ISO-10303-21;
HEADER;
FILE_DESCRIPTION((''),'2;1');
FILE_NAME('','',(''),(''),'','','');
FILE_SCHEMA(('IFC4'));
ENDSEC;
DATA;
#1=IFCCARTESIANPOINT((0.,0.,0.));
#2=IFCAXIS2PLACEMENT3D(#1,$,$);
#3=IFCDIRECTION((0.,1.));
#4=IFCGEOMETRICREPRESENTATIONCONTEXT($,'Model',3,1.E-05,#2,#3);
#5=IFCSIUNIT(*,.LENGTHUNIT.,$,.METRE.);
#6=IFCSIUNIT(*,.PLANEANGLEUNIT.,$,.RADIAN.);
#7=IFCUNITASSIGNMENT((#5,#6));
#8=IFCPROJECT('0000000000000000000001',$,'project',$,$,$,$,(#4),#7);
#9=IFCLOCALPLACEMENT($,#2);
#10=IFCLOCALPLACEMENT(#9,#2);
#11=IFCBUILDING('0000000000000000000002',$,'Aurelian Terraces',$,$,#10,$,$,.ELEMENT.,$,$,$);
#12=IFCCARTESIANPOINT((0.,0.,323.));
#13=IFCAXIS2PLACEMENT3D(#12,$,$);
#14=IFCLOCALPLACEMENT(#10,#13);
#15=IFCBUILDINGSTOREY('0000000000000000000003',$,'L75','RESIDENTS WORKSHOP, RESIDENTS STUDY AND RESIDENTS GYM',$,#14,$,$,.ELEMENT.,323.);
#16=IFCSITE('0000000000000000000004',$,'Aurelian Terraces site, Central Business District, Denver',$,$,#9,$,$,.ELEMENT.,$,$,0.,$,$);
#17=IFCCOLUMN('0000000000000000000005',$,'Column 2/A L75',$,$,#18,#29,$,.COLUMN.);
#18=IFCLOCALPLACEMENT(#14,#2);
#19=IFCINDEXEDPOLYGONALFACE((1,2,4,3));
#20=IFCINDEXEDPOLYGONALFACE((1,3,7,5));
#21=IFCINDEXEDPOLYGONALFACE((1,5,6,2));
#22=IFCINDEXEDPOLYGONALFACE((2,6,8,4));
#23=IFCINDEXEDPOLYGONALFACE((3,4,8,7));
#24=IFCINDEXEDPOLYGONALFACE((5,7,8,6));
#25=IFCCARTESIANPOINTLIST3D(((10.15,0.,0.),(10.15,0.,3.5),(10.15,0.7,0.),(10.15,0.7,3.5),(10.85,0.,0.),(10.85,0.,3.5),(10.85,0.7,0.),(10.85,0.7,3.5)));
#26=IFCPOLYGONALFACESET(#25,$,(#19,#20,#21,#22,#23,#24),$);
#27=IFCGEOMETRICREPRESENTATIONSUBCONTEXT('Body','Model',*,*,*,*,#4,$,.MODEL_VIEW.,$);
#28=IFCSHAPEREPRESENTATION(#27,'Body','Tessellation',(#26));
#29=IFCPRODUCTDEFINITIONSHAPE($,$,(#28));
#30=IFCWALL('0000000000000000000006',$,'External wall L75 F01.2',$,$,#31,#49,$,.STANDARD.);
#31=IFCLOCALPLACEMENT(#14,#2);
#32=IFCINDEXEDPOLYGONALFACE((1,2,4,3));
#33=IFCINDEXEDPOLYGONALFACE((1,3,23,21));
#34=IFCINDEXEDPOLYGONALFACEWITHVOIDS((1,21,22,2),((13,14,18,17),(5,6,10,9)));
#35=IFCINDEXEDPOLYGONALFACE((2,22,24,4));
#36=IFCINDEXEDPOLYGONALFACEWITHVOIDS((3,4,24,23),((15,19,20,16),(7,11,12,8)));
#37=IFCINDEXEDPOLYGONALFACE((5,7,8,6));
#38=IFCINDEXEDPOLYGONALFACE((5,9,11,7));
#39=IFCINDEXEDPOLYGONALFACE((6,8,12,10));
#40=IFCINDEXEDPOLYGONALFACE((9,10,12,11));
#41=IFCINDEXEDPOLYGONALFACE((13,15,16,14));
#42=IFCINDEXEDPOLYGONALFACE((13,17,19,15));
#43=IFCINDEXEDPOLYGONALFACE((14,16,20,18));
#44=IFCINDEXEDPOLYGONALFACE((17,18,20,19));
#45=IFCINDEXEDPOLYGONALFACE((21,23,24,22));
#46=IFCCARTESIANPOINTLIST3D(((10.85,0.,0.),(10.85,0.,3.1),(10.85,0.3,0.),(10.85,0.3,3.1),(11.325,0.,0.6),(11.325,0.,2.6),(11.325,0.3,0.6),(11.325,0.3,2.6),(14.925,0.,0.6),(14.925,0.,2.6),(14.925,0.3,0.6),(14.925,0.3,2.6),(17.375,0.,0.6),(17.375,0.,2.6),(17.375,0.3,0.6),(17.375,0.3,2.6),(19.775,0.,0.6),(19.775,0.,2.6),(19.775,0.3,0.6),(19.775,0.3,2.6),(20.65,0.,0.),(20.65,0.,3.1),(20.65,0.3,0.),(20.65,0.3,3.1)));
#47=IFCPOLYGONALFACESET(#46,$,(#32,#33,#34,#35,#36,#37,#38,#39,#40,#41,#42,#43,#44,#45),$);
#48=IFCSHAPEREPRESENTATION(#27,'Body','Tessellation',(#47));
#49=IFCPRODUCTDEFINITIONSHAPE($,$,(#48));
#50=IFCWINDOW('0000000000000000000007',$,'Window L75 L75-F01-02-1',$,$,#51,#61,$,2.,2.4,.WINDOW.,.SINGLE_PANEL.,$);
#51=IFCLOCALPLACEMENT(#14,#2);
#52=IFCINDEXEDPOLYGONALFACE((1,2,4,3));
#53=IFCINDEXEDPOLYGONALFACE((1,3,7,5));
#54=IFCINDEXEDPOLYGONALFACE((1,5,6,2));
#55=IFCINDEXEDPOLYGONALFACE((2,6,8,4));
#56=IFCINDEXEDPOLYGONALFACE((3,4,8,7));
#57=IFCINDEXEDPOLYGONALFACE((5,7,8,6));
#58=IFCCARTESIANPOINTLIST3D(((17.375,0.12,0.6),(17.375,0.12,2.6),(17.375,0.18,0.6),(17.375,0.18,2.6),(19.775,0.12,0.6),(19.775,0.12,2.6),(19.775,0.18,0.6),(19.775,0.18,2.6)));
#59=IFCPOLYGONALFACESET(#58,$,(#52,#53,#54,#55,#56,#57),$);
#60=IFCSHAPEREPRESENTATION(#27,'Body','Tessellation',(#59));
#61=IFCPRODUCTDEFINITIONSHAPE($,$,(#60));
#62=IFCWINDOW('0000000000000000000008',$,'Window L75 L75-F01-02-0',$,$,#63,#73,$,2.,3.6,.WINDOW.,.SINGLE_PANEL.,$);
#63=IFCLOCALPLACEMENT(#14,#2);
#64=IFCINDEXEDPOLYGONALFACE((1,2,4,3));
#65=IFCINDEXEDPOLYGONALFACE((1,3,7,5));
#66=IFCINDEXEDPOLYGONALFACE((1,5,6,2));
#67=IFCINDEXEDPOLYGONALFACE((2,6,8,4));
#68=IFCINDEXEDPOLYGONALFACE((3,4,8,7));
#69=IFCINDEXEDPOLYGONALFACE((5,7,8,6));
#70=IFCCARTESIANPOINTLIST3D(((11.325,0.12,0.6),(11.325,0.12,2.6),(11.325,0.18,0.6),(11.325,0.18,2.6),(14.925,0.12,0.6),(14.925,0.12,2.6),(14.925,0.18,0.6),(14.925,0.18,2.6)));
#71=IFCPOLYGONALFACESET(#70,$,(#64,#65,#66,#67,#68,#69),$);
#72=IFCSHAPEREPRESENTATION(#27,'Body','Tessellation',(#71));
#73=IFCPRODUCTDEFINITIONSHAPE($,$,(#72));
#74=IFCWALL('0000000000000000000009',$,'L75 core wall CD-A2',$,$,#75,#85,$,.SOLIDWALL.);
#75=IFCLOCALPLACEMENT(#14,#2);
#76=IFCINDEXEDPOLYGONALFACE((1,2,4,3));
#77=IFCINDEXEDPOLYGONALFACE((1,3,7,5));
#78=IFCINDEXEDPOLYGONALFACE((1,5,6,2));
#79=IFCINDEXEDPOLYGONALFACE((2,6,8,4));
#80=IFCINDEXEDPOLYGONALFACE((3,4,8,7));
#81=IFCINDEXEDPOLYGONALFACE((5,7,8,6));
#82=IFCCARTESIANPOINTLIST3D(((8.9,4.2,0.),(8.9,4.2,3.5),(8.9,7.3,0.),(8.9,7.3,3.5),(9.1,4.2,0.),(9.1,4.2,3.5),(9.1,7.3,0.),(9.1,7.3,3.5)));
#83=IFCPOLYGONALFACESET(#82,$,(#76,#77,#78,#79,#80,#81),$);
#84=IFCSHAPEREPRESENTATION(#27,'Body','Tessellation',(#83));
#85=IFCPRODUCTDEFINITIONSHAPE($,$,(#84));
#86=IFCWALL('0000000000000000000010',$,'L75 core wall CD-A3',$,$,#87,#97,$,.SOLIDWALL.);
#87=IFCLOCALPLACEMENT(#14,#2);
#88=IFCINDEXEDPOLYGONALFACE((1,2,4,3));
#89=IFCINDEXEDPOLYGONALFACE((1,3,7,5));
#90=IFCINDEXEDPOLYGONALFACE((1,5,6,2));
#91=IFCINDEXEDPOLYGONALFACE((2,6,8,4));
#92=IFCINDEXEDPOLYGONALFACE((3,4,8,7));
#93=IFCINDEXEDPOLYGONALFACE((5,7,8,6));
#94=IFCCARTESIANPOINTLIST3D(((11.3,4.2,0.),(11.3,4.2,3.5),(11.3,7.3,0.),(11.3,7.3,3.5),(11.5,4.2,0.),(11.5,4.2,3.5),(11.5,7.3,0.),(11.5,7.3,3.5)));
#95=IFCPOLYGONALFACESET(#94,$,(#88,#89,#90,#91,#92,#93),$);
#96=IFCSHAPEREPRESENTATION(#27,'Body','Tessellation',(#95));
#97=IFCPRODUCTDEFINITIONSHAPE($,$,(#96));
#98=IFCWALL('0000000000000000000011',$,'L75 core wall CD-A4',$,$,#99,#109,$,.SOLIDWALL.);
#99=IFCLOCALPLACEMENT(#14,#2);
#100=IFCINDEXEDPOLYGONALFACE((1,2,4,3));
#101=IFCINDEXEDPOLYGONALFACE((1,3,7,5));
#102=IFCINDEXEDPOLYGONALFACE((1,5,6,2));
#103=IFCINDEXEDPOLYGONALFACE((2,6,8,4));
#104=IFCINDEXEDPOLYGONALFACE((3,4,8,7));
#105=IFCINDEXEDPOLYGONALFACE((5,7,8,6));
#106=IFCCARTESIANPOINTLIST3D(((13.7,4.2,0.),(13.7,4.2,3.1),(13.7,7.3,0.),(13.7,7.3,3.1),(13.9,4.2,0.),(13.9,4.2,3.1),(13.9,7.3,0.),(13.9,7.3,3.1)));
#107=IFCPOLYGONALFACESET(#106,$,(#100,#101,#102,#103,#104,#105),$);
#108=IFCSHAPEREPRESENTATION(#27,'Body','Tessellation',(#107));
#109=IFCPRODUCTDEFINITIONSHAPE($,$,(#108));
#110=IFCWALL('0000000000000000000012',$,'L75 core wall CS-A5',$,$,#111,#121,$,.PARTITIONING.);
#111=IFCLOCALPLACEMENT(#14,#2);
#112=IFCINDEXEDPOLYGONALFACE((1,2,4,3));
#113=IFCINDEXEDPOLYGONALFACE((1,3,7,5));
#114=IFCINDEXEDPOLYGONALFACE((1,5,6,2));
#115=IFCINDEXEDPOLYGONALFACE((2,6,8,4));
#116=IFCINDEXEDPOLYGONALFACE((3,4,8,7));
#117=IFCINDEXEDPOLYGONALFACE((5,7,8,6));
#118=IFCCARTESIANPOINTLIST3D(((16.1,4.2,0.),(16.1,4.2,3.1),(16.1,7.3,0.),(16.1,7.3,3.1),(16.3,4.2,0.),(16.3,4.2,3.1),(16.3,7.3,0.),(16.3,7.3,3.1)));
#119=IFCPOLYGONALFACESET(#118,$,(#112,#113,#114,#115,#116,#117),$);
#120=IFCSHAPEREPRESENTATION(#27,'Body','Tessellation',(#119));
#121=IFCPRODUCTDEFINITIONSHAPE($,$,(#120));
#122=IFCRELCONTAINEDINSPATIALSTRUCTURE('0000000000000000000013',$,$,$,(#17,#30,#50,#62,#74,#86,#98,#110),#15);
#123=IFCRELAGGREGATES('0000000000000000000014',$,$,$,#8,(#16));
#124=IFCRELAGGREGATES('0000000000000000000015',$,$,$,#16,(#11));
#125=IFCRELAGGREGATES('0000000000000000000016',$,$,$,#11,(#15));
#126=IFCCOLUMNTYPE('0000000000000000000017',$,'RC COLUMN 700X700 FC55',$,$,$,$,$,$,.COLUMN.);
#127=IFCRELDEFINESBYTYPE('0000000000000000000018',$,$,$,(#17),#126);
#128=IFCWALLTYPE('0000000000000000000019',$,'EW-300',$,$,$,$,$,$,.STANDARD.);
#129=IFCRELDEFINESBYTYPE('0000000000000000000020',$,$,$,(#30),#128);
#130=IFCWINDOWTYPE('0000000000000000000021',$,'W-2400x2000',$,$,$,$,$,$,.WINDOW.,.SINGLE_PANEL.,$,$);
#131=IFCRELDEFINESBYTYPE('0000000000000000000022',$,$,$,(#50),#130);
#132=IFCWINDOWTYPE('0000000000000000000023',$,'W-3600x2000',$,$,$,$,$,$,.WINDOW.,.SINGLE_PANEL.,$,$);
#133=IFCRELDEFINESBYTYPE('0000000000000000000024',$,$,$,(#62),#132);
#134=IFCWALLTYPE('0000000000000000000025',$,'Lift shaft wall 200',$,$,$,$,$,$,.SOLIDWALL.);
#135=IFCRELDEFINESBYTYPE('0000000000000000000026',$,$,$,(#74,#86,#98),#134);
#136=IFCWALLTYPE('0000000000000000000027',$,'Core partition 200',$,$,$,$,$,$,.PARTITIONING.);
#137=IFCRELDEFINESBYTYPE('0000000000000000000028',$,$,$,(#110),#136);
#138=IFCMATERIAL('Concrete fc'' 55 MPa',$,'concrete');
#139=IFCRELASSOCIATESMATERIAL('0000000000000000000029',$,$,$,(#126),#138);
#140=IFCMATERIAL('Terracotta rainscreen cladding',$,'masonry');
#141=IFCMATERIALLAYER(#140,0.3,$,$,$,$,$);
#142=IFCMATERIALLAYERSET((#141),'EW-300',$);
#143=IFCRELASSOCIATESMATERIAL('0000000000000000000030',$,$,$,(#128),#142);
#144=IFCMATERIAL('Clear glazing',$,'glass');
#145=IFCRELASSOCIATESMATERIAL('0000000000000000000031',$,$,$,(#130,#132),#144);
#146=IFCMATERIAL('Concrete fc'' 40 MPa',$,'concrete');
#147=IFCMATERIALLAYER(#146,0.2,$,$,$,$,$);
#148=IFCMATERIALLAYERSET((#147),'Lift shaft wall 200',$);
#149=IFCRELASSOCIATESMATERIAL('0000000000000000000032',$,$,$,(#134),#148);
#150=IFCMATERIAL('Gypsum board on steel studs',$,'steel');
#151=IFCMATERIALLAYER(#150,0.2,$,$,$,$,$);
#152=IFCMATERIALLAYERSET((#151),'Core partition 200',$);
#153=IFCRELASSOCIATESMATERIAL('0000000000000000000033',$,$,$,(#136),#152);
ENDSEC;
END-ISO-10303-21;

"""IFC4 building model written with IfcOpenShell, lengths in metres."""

from ifc_helpers import new_model, si_unit, direction, frame, frame_2d, origin, origin_2d, place, context, subcontext, project, spatial, rectangle, extrude, source, transform, mapped, material, layer, layer_set, material_profile, profile_set, type_object, element, fill, save


model = new_model("IFC4")

# Units and contexts
model_context = context("Model", 3, precision=1e-05, world=origin(), true_north=direction((0.0, 1.0)))
body_context = subcontext(model_context, "Body", "Model", "MODEL_VIEW")
ifc_project = project(units=[si_unit("LENGTHUNIT", "METRE"), si_unit("PLANEANGLEUNIT", "RADIAN")], contexts=[model_context])

# Site, building, storey
site_placement = place(None, origin())
site = spatial("IfcSite", under=ifc_project, at=site_placement, Name="Aurelian Terraces site, Central Business District, Denver", CompositionType="ELEMENT", RefElevation=0.0)
building_placement = place(site_placement, origin())
building = spatial("IfcBuilding", under=site, at=building_placement, Name="Aurelian Terraces", CompositionType="ELEMENT")
storey_placement = place(building_placement, frame((0.0, 0.0, 323.0)))
storey = spatial("IfcBuildingStorey", under=building, at=storey_placement, Name="L75", Description="RESIDENTS WORKSHOP, RESIDENTS STUDY AND RESIDENTS GYM", CompositionType="ELEMENT", Elevation=323.0)

# Column
ifc_material_1 = material(Name="Concrete fc' 55 MPa", Category="concrete")
ifc_material_profile = material_profile(ifc_material_1, rectangle(XDim=0.7, YDim=0.7, at=origin_2d()))
ifc_profile_set = profile_set([ifc_material_profile], Name="Concrete fc' 55 MPa")
column_type = type_object("IfcColumnType", Name="RC COLUMN 700X700 FC55", PredefinedType="COLUMN", material=ifc_profile_set)
shared_shape_1 = source(origin(), body_context, "Body", "SweptSolid", [
    extrude(rectangle(XDim=0.7, YDim=0.7, at=origin_2d()), origin(), (0.0, 0.0, 1.0), 3.5),
])
column_placement = place(storey_placement, frame((10.5, 0.35, 0.0), z_axis=(0.0, 0.0, 1.0), x_axis=(1.0, 0.0, 0.0)))
element("IfcColumn", 1, at=column_placement, inside=storey, type_object=column_type, Name="Column 2/A L75", PredefinedType="COLUMN", context=body_context, shape_type="MappedRepresentation", body=[
    mapped(shared_shape_1, transform((0.0, 0.0, 0.0), scale=1.0)),
])

# Wall, openings, windows
ifc_material_2 = material(Name="Terracotta rainscreen cladding", Category="masonry")
ifc_layer_1 = layer(ifc_material_2, 0.3)
ifc_layer_set_1 = layer_set([ifc_layer_1], Name="EW-300")
wall_type_1 = type_object("IfcWallType", Name="EW-300", PredefinedType="STANDARD", material=ifc_layer_set_1)
shared_shape_2 = source(origin(), body_context, "Body", "SweptSolid", [
    extrude(rectangle(XDim=9.8, YDim=0.3, at=frame_2d((4.9, 0.0))), origin(), (0.0, 0.0, 1.0), 3.1),
])
wall_1_placement = place(storey_placement, frame((10.85, 0.15, 0.0), z_axis=(0.0, 0.0, 1.0), x_axis=(1.0, 0.0, 0.0)))
wall_1 = element("IfcWall", 2, at=wall_1_placement, inside=storey, type_object=wall_type_1, Name="External wall L75 F01.2", PredefinedType="STANDARD", context=body_context, shape_type="MappedRepresentation", body=[
    mapped(shared_shape_2, transform((0.0, 0.0, 0.0), scale=1.0)),
])
shared_shape_3 = source(origin(), body_context, "Body", "SweptSolid", [
    extrude(rectangle(XDim=3.6, YDim=2.0, at=frame_2d((1.8, 1.0))), frame((0.0, 0.16, 0.0), z_axis=(0.0, -1.0, 0.0), x_axis=(1.0, 0.0, 0.0)), (0.0, 0.0, 1.0), 0.32),
])
opening_1_placement = place(wall_1_placement, frame((0.475, 0.0, 0.6)))
opening_1 = element("IfcOpeningElement", 3, at=opening_1_placement, cuts=wall_1, PredefinedType="OPENING", context=body_context, shape_type="MappedRepresentation", body=[
    mapped(shared_shape_3, transform((0.0, 0.0, 0.0), scale=1.0)),
])
shared_shape_4 = source(origin(), body_context, "Body", "SweptSolid", [
    extrude(rectangle(XDim=2.4, YDim=2.0, at=frame_2d((1.2, 1.0))), frame((0.0, 0.16, 0.0), z_axis=(0.0, -1.0, 0.0), x_axis=(1.0, 0.0, 0.0)), (0.0, 0.0, 1.0), 0.32),
])
opening_2_placement = place(wall_1_placement, frame((6.525, 0.0, 0.6)))
opening_2 = element("IfcOpeningElement", 4, at=opening_2_placement, cuts=wall_1, PredefinedType="OPENING", context=body_context, shape_type="MappedRepresentation", body=[
    mapped(shared_shape_4, transform((0.0, 0.0, 0.0), scale=1.0)),
])
ifc_material_3 = material(Name="Clear glazing", Category="glass")
window_type_1 = type_object("IfcWindowType", Name="W-2400x2000", PartitioningType="SINGLE_PANEL", PredefinedType="WINDOW", material=ifc_material_3)
shared_shape_5 = source(origin(), body_context, "Body", "SweptSolid", [
    extrude(rectangle(XDim=2.4, YDim=2.0, at=frame_2d((1.2, 1.0))), frame((0.0, 0.03, 0.0), z_axis=(0.0, -1.0, 0.0), x_axis=(1.0, 0.0, 0.0)), (0.0, 0.0, 1.0), 0.06),
])
window_1_placement = place(opening_2_placement, origin())
window_1 = element("IfcWindow", 5, at=window_1_placement, inside=storey, type_object=window_type_1, Name="Window L75 L75-F01-02-1", OverallHeight=2.0, OverallWidth=2.4, PartitioningType="SINGLE_PANEL", PredefinedType="WINDOW", context=body_context, shape_type="MappedRepresentation", body=[
    mapped(shared_shape_5, transform((0.0, 0.0, 0.0), scale=1.0)),
])
fill(opening_2, window_1)
window_type_2 = type_object("IfcWindowType", Name="W-3600x2000", PartitioningType="SINGLE_PANEL", PredefinedType="WINDOW", material=ifc_material_3)
shared_shape_6 = source(origin(), body_context, "Body", "SweptSolid", [
    extrude(rectangle(XDim=3.6, YDim=2.0, at=frame_2d((1.8, 1.0))), frame((0.0, 0.03, 0.0), z_axis=(0.0, -1.0, 0.0), x_axis=(1.0, 0.0, 0.0)), (0.0, 0.0, 1.0), 0.06),
])
window_2_placement = place(opening_1_placement, origin())
window_2 = element("IfcWindow", 6, at=window_2_placement, inside=storey, type_object=window_type_2, Name="Window L75 L75-F01-02-0", OverallHeight=2.0, OverallWidth=3.6, PartitioningType="SINGLE_PANEL", PredefinedType="WINDOW", context=body_context, shape_type="MappedRepresentation", body=[
    mapped(shared_shape_6, transform((0.0, 0.0, 0.0), scale=1.0)),
])
fill(opening_1, window_2)

# Walls
ifc_material_4 = material(Name="Concrete fc' 40 MPa", Category="concrete")
ifc_layer_2 = layer(ifc_material_4, 0.2)
ifc_layer_set_2 = layer_set([ifc_layer_2], Name="Lift shaft wall 200")
wall_type_2 = type_object("IfcWallType", Name="Lift shaft wall 200", PredefinedType="SOLIDWALL", material=ifc_layer_set_2)
shared_shape_7 = source(origin(), body_context, "Body", "SweptSolid", [
    extrude(rectangle(XDim=3.1, YDim=0.2, at=frame_2d((1.55, 0.0))), origin(), (0.0, 0.0, 1.0), 3.5),
])
for number, where, z_axis, x_axis, name in (
    (7, (9.0, 4.2, 0.0), (0.0, 0.0, 1.0), (0.0, 1.0, 0.0), "L75 core wall CD-A2"),
    (8, (11.4, 4.2, 0.0), (0.0, 0.0, 1.0), (0.0, 1.0, 0.0), "L75 core wall CD-A3"),
):
    element("IfcWall", number, at=place(storey_placement, frame(where, z_axis=z_axis, x_axis=x_axis)), inside=storey, type_object=wall_type_2, Name=name, PredefinedType="SOLIDWALL", context=body_context, shape_type="MappedRepresentation", body=[
        mapped(shared_shape_7, transform((0.0, 0.0, 0.0), scale=1.0)),
    ])
shared_shape_8 = source(origin(), body_context, "Body", "SweptSolid", [
    extrude(rectangle(XDim=3.1, YDim=0.2, at=frame_2d((1.55, 0.0))), origin(), (0.0, 0.0, 1.0), 3.1),
])
wall_2_placement = place(storey_placement, frame((13.8, 4.2, 0.0), z_axis=(0.0, 0.0, 1.0), x_axis=(0.0, 1.0, 0.0)))
element("IfcWall", 9, at=wall_2_placement, inside=storey, type_object=wall_type_2, Name="L75 core wall CD-A4", PredefinedType="SOLIDWALL", context=body_context, shape_type="MappedRepresentation", body=[
    mapped(shared_shape_8, transform((0.0, 0.0, 0.0), scale=1.0)),
])
ifc_material_5 = material(Name="Gypsum board on steel studs", Category="steel")
ifc_layer_3 = layer(ifc_material_5, 0.2)
ifc_layer_set_3 = layer_set([ifc_layer_3], Name="Core partition 200")
wall_type_3 = type_object("IfcWallType", Name="Core partition 200", PredefinedType="PARTITIONING", material=ifc_layer_set_3)
shared_shape_9 = source(origin(), body_context, "Body", "SweptSolid", [
    extrude(rectangle(XDim=3.1, YDim=0.2, at=frame_2d((1.55, 0.0))), origin(), (0.0, 0.0, 1.0), 3.1),
])
wall_3_placement = place(storey_placement, frame((16.2, 4.2, 0.0), z_axis=(0.0, 0.0, 1.0), x_axis=(0.0, 1.0, 0.0)))
element("IfcWall", 10, at=wall_3_placement, inside=storey, type_object=wall_type_3, Name="L75 core wall CS-A5", PredefinedType="PARTITIONING", context=body_context, shape_type="MappedRepresentation", body=[
    mapped(shared_shape_9, transform((0.0, 0.0, 0.0), scale=1.0)),
])

save(model, "model.ifc")
